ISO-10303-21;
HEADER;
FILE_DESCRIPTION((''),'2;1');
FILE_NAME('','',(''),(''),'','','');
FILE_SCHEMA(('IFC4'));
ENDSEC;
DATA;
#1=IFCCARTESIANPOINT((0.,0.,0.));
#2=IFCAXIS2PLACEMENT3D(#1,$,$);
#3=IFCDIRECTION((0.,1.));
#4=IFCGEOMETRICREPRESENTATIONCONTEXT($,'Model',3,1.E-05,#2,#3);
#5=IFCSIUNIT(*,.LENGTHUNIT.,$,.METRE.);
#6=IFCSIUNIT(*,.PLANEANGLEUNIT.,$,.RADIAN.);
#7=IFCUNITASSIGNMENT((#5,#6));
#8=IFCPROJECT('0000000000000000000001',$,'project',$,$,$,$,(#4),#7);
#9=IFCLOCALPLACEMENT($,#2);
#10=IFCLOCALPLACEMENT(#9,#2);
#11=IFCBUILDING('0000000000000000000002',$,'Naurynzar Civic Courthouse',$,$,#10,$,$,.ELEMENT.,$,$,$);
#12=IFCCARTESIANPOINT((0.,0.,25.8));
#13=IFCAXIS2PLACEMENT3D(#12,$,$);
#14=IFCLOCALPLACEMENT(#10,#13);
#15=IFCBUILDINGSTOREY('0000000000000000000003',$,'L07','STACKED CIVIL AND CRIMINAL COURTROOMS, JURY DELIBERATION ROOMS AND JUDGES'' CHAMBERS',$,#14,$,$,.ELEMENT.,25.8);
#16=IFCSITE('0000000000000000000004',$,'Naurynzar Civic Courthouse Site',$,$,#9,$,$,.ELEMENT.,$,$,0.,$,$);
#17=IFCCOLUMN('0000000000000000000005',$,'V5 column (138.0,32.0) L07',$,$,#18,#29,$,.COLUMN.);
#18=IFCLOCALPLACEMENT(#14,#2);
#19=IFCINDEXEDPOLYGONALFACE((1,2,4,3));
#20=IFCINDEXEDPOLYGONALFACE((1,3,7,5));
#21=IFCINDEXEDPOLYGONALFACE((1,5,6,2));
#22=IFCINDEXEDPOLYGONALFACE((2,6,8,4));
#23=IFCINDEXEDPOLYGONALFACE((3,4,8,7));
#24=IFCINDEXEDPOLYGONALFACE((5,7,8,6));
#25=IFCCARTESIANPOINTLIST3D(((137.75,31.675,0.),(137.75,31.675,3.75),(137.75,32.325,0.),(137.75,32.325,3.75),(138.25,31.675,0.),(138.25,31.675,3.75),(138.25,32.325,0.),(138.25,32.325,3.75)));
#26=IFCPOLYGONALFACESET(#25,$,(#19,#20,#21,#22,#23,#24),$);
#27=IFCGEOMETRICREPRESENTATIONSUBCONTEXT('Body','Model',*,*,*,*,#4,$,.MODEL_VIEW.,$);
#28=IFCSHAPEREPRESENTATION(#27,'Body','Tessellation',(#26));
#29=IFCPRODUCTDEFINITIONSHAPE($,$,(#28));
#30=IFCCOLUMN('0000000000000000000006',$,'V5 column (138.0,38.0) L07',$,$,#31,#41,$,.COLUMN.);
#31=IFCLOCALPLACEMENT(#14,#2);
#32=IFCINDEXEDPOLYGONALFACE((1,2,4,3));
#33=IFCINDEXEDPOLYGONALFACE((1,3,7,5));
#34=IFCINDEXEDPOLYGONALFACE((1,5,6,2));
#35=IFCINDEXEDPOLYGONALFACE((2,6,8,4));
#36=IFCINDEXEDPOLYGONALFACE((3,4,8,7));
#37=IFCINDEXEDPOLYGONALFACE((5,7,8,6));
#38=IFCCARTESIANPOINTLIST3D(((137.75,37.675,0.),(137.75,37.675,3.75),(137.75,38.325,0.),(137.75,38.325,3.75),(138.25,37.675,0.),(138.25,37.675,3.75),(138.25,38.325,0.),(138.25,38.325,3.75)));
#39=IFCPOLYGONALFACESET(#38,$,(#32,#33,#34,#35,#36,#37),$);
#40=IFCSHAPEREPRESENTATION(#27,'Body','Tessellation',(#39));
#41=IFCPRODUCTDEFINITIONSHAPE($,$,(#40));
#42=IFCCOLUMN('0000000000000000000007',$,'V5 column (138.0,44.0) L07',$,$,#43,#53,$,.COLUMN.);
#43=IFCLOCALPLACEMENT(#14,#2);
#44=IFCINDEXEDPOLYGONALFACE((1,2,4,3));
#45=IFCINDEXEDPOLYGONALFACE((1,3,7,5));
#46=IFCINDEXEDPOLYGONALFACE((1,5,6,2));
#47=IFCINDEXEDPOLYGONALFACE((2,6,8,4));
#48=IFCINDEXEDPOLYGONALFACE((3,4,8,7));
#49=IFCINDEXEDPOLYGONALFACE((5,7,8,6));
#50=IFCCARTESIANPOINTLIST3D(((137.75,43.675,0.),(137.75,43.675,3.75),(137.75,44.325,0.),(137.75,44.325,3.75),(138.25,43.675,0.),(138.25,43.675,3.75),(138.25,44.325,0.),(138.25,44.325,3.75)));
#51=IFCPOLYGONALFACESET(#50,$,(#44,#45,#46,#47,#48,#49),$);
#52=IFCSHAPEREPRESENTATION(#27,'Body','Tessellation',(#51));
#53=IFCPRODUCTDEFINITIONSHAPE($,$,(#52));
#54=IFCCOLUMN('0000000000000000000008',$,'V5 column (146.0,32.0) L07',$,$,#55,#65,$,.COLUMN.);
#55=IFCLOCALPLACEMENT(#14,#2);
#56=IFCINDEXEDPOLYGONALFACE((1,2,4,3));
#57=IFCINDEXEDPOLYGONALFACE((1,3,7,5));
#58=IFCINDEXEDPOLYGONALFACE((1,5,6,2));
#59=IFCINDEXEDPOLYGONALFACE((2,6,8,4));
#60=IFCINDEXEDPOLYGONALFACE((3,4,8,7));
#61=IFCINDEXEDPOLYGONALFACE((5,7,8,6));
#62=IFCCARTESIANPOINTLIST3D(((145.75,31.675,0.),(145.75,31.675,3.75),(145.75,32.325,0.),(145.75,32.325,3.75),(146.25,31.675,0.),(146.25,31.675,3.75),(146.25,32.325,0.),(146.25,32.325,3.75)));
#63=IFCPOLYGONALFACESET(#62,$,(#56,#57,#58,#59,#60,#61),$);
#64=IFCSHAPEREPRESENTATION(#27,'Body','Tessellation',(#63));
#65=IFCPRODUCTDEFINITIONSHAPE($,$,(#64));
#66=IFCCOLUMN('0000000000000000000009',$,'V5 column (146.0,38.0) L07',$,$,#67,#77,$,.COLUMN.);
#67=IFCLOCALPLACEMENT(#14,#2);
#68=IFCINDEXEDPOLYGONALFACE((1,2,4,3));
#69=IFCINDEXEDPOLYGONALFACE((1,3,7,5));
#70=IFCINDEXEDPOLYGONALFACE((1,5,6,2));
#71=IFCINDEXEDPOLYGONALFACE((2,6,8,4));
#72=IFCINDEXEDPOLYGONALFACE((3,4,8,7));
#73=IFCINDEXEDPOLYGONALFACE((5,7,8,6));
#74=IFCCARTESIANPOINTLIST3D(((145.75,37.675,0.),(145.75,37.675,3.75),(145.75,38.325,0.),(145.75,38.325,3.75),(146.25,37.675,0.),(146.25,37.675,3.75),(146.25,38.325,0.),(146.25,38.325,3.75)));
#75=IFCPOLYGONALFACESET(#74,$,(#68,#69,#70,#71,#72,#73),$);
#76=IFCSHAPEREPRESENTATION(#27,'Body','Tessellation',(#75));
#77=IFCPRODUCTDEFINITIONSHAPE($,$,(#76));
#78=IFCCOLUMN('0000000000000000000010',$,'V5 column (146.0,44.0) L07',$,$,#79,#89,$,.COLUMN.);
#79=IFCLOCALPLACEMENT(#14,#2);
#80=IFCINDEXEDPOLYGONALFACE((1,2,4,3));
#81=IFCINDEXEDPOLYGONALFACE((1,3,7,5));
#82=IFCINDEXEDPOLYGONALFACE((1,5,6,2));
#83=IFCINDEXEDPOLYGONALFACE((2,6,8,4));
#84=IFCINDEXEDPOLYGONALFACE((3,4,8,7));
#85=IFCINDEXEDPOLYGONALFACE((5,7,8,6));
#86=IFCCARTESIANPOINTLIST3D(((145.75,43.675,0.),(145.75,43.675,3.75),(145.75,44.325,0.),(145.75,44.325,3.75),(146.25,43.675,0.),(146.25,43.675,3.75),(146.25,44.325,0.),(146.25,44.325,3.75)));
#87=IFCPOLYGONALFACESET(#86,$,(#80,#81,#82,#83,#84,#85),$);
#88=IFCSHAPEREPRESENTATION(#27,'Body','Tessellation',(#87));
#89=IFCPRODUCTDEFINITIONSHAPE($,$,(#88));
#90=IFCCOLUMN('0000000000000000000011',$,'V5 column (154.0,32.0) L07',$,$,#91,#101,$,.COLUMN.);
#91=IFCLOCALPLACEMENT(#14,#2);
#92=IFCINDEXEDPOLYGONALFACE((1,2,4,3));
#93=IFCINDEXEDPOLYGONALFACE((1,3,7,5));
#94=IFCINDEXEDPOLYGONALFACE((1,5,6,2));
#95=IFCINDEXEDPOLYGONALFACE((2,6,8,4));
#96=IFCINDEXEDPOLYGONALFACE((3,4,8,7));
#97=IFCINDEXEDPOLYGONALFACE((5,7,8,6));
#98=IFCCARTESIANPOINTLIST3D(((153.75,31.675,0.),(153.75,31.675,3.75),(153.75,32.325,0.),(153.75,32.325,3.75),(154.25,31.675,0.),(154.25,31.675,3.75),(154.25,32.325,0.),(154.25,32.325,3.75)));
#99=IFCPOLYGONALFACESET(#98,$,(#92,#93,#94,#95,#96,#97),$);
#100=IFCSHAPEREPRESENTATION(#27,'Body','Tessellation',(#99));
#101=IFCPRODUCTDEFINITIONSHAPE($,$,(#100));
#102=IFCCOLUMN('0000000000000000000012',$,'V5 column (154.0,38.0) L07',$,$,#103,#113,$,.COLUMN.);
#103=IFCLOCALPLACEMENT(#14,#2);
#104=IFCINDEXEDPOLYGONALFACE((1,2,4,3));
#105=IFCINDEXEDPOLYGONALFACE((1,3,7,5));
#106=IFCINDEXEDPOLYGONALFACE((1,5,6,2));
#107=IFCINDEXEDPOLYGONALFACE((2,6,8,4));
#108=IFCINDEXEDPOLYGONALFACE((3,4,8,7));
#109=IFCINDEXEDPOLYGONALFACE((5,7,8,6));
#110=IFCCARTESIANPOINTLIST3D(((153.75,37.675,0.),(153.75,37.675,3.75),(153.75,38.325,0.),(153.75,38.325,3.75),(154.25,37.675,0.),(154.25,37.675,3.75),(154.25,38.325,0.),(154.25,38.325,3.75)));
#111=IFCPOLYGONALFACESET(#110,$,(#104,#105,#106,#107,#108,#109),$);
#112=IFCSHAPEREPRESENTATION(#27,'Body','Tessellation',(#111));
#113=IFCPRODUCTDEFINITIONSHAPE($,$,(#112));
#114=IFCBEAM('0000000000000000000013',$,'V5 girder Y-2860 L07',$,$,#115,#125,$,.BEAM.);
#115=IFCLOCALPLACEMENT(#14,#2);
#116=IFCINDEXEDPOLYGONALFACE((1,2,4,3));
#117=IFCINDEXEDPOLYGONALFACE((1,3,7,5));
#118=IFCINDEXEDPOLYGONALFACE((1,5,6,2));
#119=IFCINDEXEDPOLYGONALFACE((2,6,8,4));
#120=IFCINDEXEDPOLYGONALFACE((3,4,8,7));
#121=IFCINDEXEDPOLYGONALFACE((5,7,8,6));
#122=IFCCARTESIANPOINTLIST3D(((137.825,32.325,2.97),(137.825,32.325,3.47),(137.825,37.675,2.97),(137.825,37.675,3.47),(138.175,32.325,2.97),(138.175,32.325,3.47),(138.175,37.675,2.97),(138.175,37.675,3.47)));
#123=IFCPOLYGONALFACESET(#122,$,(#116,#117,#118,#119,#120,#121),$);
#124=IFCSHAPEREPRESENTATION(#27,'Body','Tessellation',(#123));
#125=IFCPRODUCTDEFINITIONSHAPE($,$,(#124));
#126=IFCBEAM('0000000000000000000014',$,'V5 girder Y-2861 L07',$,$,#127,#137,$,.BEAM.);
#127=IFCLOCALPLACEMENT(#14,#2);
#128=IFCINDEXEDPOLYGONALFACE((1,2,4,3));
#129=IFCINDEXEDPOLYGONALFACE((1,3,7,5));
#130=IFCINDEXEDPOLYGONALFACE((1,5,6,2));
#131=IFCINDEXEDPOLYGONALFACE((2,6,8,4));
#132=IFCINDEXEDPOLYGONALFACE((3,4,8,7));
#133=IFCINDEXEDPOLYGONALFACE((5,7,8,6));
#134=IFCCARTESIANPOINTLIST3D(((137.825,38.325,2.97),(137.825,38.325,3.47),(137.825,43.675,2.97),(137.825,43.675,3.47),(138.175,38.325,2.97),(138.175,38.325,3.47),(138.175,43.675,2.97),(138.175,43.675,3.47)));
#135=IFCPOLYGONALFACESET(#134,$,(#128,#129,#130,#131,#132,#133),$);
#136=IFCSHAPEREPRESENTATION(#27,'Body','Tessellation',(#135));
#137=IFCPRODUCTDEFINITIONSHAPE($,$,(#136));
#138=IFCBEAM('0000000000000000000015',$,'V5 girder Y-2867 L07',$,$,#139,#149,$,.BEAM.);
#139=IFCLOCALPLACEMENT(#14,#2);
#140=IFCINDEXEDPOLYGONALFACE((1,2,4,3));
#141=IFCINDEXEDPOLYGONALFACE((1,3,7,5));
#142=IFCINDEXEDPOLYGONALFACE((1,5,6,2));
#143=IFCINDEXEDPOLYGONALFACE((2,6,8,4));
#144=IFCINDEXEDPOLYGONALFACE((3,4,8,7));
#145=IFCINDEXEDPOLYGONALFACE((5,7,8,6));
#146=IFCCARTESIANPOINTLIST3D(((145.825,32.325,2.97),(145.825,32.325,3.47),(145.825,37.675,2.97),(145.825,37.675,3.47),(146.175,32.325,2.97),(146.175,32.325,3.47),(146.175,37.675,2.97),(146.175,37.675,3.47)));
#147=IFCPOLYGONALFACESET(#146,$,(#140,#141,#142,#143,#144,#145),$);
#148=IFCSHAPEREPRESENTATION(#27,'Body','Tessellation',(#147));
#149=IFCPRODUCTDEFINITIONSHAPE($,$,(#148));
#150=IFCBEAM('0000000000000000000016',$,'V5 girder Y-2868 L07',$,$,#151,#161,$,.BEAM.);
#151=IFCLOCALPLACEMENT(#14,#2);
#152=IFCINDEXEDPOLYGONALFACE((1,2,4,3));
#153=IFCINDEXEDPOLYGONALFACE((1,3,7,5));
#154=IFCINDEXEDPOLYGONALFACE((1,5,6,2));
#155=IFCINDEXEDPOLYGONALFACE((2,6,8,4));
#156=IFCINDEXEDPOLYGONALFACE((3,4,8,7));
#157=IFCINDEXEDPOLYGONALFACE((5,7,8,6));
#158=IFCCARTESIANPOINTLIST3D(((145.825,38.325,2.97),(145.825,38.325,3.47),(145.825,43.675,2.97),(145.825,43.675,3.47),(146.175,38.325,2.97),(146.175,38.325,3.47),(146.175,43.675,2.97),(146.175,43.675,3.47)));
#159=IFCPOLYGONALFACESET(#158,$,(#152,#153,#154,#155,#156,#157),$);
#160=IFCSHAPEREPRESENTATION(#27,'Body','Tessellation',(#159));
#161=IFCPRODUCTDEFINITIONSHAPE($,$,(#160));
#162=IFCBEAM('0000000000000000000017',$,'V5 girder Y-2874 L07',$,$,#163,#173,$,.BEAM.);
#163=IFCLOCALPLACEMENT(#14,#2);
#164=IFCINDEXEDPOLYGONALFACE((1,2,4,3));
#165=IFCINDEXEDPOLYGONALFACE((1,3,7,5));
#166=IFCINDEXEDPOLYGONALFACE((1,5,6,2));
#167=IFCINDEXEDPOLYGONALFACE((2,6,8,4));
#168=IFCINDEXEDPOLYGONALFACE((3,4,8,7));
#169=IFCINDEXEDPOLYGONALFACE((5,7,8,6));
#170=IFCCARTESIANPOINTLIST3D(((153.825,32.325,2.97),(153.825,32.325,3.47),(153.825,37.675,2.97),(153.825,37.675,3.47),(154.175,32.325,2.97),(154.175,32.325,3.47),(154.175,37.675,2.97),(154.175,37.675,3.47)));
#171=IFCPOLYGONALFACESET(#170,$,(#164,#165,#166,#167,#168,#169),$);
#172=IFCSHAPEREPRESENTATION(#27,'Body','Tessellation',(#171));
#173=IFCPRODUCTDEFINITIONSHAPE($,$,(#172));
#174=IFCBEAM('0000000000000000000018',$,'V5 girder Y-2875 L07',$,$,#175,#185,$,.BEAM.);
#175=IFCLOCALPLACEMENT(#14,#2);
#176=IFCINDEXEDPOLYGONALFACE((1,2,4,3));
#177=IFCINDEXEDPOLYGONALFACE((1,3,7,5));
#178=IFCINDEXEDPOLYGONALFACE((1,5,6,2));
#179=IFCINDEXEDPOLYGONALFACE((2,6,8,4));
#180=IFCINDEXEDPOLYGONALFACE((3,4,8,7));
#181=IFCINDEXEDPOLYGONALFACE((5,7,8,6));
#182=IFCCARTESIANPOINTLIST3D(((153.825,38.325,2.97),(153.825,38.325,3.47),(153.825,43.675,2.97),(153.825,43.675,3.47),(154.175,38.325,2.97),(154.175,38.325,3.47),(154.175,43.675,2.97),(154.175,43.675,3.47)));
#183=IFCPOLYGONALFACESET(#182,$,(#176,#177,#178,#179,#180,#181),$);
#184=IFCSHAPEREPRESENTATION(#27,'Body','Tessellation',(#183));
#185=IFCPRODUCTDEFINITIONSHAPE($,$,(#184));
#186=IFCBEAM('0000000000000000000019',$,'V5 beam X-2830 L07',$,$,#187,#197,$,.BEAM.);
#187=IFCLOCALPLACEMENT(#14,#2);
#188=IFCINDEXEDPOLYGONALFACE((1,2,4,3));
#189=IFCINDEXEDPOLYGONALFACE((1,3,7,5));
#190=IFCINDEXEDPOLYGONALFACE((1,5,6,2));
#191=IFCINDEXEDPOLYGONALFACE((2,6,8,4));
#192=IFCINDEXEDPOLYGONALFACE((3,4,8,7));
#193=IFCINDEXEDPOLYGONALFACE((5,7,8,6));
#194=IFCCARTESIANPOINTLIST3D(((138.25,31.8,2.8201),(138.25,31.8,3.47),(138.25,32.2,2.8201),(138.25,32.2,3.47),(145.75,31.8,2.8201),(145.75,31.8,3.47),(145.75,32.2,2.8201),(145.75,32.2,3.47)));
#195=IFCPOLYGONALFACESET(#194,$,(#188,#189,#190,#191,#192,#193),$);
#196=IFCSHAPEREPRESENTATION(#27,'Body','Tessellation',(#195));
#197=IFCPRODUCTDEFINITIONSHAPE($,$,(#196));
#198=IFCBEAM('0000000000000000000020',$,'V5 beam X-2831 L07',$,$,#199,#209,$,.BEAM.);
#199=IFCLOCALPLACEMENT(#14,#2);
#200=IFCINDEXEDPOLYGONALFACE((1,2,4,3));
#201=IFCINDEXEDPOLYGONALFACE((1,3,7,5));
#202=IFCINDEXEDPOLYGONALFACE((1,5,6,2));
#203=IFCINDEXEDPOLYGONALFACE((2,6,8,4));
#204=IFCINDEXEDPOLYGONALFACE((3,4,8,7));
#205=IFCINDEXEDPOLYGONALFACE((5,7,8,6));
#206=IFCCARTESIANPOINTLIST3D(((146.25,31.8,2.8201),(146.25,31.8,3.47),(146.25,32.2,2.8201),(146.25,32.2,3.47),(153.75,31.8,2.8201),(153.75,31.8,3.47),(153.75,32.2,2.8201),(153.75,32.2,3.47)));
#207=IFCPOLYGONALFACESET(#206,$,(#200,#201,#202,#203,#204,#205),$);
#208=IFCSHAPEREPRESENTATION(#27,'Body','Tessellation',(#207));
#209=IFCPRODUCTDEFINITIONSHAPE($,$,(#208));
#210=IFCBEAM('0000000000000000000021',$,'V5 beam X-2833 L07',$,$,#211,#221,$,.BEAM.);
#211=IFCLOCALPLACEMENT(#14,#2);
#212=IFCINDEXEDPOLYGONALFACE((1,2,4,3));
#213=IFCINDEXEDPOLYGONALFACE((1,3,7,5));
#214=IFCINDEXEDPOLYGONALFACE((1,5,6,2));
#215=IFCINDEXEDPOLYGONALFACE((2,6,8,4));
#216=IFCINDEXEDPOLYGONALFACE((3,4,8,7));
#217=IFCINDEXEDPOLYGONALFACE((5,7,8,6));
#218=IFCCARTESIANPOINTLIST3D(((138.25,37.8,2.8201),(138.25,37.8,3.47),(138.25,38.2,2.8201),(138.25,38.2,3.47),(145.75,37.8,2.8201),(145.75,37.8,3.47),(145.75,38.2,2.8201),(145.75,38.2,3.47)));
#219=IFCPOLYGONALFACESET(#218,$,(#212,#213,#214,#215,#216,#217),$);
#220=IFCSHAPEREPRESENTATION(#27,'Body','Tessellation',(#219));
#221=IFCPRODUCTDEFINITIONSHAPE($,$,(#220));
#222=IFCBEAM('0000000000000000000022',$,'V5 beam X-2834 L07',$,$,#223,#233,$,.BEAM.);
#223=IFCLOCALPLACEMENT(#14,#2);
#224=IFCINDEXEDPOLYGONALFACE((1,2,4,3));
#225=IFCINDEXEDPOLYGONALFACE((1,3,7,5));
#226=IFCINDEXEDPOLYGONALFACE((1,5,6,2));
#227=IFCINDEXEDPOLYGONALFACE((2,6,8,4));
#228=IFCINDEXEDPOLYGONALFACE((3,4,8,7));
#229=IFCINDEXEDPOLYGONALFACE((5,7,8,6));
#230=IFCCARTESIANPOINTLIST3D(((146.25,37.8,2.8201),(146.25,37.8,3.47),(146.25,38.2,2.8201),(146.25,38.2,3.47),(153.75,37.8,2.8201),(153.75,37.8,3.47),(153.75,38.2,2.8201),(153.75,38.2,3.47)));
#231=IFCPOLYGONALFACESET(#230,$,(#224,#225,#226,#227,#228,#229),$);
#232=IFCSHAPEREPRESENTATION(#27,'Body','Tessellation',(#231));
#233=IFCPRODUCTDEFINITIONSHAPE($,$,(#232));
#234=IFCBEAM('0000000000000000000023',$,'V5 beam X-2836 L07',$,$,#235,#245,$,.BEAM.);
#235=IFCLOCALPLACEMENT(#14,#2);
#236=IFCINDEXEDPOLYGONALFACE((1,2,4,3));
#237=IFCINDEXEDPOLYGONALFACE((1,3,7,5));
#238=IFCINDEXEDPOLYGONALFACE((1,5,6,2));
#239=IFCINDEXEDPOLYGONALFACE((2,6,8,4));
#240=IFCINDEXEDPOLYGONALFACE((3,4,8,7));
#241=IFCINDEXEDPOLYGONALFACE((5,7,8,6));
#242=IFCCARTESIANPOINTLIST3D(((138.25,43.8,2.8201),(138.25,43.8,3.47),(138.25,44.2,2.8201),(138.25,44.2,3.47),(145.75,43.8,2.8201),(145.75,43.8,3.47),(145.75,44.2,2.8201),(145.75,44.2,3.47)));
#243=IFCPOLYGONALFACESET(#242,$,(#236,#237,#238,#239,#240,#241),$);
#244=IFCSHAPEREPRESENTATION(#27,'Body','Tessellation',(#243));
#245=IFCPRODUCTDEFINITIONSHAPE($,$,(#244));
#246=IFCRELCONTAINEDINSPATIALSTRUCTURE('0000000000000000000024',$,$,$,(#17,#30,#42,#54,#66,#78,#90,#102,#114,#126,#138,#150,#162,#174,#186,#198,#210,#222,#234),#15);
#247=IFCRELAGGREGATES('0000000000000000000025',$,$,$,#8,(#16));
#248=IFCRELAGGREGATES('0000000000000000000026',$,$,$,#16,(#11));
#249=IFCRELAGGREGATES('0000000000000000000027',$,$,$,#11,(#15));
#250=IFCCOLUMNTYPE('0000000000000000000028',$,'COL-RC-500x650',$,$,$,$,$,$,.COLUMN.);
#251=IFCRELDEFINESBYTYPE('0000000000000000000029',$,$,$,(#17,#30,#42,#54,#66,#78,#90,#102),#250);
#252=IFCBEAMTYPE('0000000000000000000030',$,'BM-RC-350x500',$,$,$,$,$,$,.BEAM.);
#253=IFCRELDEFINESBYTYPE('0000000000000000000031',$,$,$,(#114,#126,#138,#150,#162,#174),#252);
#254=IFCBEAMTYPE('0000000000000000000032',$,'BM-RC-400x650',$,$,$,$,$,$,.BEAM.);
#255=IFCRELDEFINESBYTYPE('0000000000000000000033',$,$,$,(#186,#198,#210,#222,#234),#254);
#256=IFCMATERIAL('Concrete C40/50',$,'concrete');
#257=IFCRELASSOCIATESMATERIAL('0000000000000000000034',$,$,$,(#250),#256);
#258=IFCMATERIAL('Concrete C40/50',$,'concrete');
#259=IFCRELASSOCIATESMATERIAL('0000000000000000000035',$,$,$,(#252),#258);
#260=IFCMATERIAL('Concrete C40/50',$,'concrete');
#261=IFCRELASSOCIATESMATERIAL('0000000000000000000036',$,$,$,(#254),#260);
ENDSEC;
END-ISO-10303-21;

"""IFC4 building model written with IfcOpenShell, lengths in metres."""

from ifc_helpers import new_model, si_unit, direction, frame, origin, origin_2d, place, context, subcontext, project, spatial, rectangle, extrude, material, material_profile, profile_set, type_object, element, save


model = new_model("IFC4")

# Units and contexts
model_context = context("Model", 3, precision=1e-05, world=origin(), true_north=direction((0.0, 1.0)))
body_context = subcontext(model_context, "Body", "Model", "MODEL_VIEW")
ifc_project = project(units=[si_unit("LENGTHUNIT", "METRE"), si_unit("PLANEANGLEUNIT", "RADIAN")], contexts=[model_context])

# Site, building, storey
site_placement = place(None, origin())
site = spatial("IfcSite", under=ifc_project, at=site_placement, Name="Naurynzar Civic Courthouse Site", CompositionType="ELEMENT", RefElevation=0.0)
building_placement = place(site_placement, origin())
building = spatial("IfcBuilding", under=site, at=building_placement, Name="Naurynzar Civic Courthouse", CompositionType="ELEMENT")
storey_placement = place(building_placement, frame((0.0, 0.0, 25.8)))
storey = spatial("IfcBuildingStorey", under=building, at=storey_placement, Name="L07", Description="STACKED CIVIL AND CRIMINAL COURTROOMS, JURY DELIBERATION ROOMS AND JUDGES' CHAMBERS", CompositionType="ELEMENT", Elevation=25.8)

# Columns
ifc_material_1 = material(Name="Concrete C40/50", Category="concrete")
ifc_material_profile_1 = material_profile(ifc_material_1, rectangle(XDim=0.5, YDim=0.6499, at=origin_2d()), Name="RC 500x650")
ifc_profile_set_1 = profile_set([ifc_material_profile_1], Name="Concrete C40/50")
column_type = type_object("IfcColumnType", Name="COL-RC-500x650", PredefinedType="COLUMN", material=ifc_profile_set_1)
for number, where, z_axis, x_axis, name in (
    (1, (138.0, 32.0, 0.0), (0.0, 0.0, 1.0), (1.0, 0.0, 0.0), "V5 column (138.0,32.0) L07"),
    (2, (138.0, 38.0, 0.0), (0.0, 0.0, 1.0), (1.0, 0.0, 0.0), "V5 column (138.0,38.0) L07"),
    (3, (138.0, 44.0, 0.0), (0.0, 0.0, 1.0), (1.0, 0.0, 0.0), "V5 column (138.0,44.0) L07"),
    (4, (146.0, 32.0, 0.0), (0.0, 0.0, 1.0), (1.0, 0.0, 0.0), "V5 column (146.0,32.0) L07"),
    (5, (146.0, 38.0, 0.0), (0.0, 0.0, 1.0), (1.0, 0.0, 0.0), "V5 column (146.0,38.0) L07"),
    (6, (146.0, 44.0, 0.0), (0.0, 0.0, 1.0), (1.0, 0.0, 0.0), "V5 column (146.0,44.0) L07"),
    (7, (154.0, 32.0, 0.0), (0.0, 0.0, 1.0), (1.0, 0.0, 0.0), "V5 column (154.0,32.0) L07"),
    (8, (154.0, 38.0, 0.0), (0.0, 0.0, 1.0), (1.0, 0.0, 0.0), "V5 column (154.0,38.0) L07"),
):
    element("IfcColumn", number, at=place(storey_placement, frame(where, z_axis=z_axis, x_axis=x_axis)), inside=storey, type_object=column_type, Name=name, PredefinedType="COLUMN", context=body_context, shape_type="SweptSolid", body=[
        extrude(rectangle(XDim=0.5, YDim=0.6499, at=origin_2d()), origin(), (0.0, 0.0, 1.0), 3.75),
    ])

# Beams
ifc_material_2 = material(Name="Concrete C40/50", Category="concrete")
ifc_material_profile_2 = material_profile(ifc_material_2, rectangle(XDim=0.3501, YDim=0.5, at=origin_2d()), Name="RCB 350x500")
ifc_profile_set_2 = profile_set([ifc_material_profile_2], Name="Concrete C40/50")
beam_type_1 = type_object("IfcBeamType", Name="BM-RC-350x500", PredefinedType="BEAM", material=ifc_profile_set_2)
for number, where, z_axis, x_axis, name in (
    (9, (138.0, 32.325, 3.22), (0.0, 1.0, 0.0), (-1.0, 0.0, 0.0), "V5 girder Y-2860 L07"),
    (10, (138.0, 38.325, 3.22), (0.0, 1.0, 0.0), (-1.0, 0.0, 0.0), "V5 girder Y-2861 L07"),
    (11, (146.0, 32.325, 3.22), (0.0, 1.0, 0.0), (-1.0, 0.0, 0.0), "V5 girder Y-2867 L07"),
    (12, (146.0, 38.325, 3.22), (0.0, 1.0, 0.0), (-1.0, 0.0, 0.0), "V5 girder Y-2868 L07"),
    (13, (154.0, 32.325, 3.22), (0.0, 1.0, 0.0), (-1.0, 0.0, 0.0), "V5 girder Y-2874 L07"),
    (14, (154.0, 38.325, 3.22), (0.0, 1.0, 0.0), (-1.0, 0.0, 0.0), "V5 girder Y-2875 L07"),
):
    element("IfcBeam", number, at=place(storey_placement, frame(where, z_axis=z_axis, x_axis=x_axis)), inside=storey, type_object=beam_type_1, Name=name, PredefinedType="BEAM", context=body_context, shape_type="SweptSolid", body=[
        extrude(rectangle(XDim=0.3501, YDim=0.5, at=origin_2d()), origin(), (0.0, 0.0, 1.0), 5.3501),
    ])
ifc_material_3 = material(Name="Concrete C40/50", Category="concrete")
ifc_material_profile_3 = material_profile(ifc_material_3, rectangle(XDim=0.3999, YDim=0.6499, at=origin_2d()), Name="RCB 400x650")
ifc_profile_set_3 = profile_set([ifc_material_profile_3], Name="Concrete C40/50")
beam_type_2 = type_object("IfcBeamType", Name="BM-RC-400x650", PredefinedType="BEAM", material=ifc_profile_set_3)
for number, where, z_axis, x_axis, name in (
    (15, (138.25, 32.0, 3.145), (1.0, 0.0, 0.0), (0.0, 1.0, 0.0), "V5 beam X-2830 L07"),
    (16, (146.25, 32.0, 3.145), (1.0, 0.0, 0.0), (0.0, 1.0, 0.0), "V5 beam X-2831 L07"),
    (17, (138.25, 38.0, 3.145), (1.0, 0.0, 0.0), (0.0, 1.0, 0.0), "V5 beam X-2833 L07"),
    (18, (146.25, 38.0, 3.145), (1.0, 0.0, 0.0), (0.0, 1.0, 0.0), "V5 beam X-2834 L07"),
    (19, (138.25, 44.0, 3.145), (1.0, 0.0, 0.0), (0.0, 1.0, 0.0), "V5 beam X-2836 L07"),
):
    element("IfcBeam", number, at=place(storey_placement, frame(where, z_axis=z_axis, x_axis=x_axis)), inside=storey, type_object=beam_type_2, Name=name, PredefinedType="BEAM", context=body_context, shape_type="SweptSolid", body=[
        extrude(rectangle(XDim=0.3999, YDim=0.6499, at=origin_2d()), origin(), (0.0, 0.0, 1.0), 7.5),
    ])

save(model, "model.ifc")
